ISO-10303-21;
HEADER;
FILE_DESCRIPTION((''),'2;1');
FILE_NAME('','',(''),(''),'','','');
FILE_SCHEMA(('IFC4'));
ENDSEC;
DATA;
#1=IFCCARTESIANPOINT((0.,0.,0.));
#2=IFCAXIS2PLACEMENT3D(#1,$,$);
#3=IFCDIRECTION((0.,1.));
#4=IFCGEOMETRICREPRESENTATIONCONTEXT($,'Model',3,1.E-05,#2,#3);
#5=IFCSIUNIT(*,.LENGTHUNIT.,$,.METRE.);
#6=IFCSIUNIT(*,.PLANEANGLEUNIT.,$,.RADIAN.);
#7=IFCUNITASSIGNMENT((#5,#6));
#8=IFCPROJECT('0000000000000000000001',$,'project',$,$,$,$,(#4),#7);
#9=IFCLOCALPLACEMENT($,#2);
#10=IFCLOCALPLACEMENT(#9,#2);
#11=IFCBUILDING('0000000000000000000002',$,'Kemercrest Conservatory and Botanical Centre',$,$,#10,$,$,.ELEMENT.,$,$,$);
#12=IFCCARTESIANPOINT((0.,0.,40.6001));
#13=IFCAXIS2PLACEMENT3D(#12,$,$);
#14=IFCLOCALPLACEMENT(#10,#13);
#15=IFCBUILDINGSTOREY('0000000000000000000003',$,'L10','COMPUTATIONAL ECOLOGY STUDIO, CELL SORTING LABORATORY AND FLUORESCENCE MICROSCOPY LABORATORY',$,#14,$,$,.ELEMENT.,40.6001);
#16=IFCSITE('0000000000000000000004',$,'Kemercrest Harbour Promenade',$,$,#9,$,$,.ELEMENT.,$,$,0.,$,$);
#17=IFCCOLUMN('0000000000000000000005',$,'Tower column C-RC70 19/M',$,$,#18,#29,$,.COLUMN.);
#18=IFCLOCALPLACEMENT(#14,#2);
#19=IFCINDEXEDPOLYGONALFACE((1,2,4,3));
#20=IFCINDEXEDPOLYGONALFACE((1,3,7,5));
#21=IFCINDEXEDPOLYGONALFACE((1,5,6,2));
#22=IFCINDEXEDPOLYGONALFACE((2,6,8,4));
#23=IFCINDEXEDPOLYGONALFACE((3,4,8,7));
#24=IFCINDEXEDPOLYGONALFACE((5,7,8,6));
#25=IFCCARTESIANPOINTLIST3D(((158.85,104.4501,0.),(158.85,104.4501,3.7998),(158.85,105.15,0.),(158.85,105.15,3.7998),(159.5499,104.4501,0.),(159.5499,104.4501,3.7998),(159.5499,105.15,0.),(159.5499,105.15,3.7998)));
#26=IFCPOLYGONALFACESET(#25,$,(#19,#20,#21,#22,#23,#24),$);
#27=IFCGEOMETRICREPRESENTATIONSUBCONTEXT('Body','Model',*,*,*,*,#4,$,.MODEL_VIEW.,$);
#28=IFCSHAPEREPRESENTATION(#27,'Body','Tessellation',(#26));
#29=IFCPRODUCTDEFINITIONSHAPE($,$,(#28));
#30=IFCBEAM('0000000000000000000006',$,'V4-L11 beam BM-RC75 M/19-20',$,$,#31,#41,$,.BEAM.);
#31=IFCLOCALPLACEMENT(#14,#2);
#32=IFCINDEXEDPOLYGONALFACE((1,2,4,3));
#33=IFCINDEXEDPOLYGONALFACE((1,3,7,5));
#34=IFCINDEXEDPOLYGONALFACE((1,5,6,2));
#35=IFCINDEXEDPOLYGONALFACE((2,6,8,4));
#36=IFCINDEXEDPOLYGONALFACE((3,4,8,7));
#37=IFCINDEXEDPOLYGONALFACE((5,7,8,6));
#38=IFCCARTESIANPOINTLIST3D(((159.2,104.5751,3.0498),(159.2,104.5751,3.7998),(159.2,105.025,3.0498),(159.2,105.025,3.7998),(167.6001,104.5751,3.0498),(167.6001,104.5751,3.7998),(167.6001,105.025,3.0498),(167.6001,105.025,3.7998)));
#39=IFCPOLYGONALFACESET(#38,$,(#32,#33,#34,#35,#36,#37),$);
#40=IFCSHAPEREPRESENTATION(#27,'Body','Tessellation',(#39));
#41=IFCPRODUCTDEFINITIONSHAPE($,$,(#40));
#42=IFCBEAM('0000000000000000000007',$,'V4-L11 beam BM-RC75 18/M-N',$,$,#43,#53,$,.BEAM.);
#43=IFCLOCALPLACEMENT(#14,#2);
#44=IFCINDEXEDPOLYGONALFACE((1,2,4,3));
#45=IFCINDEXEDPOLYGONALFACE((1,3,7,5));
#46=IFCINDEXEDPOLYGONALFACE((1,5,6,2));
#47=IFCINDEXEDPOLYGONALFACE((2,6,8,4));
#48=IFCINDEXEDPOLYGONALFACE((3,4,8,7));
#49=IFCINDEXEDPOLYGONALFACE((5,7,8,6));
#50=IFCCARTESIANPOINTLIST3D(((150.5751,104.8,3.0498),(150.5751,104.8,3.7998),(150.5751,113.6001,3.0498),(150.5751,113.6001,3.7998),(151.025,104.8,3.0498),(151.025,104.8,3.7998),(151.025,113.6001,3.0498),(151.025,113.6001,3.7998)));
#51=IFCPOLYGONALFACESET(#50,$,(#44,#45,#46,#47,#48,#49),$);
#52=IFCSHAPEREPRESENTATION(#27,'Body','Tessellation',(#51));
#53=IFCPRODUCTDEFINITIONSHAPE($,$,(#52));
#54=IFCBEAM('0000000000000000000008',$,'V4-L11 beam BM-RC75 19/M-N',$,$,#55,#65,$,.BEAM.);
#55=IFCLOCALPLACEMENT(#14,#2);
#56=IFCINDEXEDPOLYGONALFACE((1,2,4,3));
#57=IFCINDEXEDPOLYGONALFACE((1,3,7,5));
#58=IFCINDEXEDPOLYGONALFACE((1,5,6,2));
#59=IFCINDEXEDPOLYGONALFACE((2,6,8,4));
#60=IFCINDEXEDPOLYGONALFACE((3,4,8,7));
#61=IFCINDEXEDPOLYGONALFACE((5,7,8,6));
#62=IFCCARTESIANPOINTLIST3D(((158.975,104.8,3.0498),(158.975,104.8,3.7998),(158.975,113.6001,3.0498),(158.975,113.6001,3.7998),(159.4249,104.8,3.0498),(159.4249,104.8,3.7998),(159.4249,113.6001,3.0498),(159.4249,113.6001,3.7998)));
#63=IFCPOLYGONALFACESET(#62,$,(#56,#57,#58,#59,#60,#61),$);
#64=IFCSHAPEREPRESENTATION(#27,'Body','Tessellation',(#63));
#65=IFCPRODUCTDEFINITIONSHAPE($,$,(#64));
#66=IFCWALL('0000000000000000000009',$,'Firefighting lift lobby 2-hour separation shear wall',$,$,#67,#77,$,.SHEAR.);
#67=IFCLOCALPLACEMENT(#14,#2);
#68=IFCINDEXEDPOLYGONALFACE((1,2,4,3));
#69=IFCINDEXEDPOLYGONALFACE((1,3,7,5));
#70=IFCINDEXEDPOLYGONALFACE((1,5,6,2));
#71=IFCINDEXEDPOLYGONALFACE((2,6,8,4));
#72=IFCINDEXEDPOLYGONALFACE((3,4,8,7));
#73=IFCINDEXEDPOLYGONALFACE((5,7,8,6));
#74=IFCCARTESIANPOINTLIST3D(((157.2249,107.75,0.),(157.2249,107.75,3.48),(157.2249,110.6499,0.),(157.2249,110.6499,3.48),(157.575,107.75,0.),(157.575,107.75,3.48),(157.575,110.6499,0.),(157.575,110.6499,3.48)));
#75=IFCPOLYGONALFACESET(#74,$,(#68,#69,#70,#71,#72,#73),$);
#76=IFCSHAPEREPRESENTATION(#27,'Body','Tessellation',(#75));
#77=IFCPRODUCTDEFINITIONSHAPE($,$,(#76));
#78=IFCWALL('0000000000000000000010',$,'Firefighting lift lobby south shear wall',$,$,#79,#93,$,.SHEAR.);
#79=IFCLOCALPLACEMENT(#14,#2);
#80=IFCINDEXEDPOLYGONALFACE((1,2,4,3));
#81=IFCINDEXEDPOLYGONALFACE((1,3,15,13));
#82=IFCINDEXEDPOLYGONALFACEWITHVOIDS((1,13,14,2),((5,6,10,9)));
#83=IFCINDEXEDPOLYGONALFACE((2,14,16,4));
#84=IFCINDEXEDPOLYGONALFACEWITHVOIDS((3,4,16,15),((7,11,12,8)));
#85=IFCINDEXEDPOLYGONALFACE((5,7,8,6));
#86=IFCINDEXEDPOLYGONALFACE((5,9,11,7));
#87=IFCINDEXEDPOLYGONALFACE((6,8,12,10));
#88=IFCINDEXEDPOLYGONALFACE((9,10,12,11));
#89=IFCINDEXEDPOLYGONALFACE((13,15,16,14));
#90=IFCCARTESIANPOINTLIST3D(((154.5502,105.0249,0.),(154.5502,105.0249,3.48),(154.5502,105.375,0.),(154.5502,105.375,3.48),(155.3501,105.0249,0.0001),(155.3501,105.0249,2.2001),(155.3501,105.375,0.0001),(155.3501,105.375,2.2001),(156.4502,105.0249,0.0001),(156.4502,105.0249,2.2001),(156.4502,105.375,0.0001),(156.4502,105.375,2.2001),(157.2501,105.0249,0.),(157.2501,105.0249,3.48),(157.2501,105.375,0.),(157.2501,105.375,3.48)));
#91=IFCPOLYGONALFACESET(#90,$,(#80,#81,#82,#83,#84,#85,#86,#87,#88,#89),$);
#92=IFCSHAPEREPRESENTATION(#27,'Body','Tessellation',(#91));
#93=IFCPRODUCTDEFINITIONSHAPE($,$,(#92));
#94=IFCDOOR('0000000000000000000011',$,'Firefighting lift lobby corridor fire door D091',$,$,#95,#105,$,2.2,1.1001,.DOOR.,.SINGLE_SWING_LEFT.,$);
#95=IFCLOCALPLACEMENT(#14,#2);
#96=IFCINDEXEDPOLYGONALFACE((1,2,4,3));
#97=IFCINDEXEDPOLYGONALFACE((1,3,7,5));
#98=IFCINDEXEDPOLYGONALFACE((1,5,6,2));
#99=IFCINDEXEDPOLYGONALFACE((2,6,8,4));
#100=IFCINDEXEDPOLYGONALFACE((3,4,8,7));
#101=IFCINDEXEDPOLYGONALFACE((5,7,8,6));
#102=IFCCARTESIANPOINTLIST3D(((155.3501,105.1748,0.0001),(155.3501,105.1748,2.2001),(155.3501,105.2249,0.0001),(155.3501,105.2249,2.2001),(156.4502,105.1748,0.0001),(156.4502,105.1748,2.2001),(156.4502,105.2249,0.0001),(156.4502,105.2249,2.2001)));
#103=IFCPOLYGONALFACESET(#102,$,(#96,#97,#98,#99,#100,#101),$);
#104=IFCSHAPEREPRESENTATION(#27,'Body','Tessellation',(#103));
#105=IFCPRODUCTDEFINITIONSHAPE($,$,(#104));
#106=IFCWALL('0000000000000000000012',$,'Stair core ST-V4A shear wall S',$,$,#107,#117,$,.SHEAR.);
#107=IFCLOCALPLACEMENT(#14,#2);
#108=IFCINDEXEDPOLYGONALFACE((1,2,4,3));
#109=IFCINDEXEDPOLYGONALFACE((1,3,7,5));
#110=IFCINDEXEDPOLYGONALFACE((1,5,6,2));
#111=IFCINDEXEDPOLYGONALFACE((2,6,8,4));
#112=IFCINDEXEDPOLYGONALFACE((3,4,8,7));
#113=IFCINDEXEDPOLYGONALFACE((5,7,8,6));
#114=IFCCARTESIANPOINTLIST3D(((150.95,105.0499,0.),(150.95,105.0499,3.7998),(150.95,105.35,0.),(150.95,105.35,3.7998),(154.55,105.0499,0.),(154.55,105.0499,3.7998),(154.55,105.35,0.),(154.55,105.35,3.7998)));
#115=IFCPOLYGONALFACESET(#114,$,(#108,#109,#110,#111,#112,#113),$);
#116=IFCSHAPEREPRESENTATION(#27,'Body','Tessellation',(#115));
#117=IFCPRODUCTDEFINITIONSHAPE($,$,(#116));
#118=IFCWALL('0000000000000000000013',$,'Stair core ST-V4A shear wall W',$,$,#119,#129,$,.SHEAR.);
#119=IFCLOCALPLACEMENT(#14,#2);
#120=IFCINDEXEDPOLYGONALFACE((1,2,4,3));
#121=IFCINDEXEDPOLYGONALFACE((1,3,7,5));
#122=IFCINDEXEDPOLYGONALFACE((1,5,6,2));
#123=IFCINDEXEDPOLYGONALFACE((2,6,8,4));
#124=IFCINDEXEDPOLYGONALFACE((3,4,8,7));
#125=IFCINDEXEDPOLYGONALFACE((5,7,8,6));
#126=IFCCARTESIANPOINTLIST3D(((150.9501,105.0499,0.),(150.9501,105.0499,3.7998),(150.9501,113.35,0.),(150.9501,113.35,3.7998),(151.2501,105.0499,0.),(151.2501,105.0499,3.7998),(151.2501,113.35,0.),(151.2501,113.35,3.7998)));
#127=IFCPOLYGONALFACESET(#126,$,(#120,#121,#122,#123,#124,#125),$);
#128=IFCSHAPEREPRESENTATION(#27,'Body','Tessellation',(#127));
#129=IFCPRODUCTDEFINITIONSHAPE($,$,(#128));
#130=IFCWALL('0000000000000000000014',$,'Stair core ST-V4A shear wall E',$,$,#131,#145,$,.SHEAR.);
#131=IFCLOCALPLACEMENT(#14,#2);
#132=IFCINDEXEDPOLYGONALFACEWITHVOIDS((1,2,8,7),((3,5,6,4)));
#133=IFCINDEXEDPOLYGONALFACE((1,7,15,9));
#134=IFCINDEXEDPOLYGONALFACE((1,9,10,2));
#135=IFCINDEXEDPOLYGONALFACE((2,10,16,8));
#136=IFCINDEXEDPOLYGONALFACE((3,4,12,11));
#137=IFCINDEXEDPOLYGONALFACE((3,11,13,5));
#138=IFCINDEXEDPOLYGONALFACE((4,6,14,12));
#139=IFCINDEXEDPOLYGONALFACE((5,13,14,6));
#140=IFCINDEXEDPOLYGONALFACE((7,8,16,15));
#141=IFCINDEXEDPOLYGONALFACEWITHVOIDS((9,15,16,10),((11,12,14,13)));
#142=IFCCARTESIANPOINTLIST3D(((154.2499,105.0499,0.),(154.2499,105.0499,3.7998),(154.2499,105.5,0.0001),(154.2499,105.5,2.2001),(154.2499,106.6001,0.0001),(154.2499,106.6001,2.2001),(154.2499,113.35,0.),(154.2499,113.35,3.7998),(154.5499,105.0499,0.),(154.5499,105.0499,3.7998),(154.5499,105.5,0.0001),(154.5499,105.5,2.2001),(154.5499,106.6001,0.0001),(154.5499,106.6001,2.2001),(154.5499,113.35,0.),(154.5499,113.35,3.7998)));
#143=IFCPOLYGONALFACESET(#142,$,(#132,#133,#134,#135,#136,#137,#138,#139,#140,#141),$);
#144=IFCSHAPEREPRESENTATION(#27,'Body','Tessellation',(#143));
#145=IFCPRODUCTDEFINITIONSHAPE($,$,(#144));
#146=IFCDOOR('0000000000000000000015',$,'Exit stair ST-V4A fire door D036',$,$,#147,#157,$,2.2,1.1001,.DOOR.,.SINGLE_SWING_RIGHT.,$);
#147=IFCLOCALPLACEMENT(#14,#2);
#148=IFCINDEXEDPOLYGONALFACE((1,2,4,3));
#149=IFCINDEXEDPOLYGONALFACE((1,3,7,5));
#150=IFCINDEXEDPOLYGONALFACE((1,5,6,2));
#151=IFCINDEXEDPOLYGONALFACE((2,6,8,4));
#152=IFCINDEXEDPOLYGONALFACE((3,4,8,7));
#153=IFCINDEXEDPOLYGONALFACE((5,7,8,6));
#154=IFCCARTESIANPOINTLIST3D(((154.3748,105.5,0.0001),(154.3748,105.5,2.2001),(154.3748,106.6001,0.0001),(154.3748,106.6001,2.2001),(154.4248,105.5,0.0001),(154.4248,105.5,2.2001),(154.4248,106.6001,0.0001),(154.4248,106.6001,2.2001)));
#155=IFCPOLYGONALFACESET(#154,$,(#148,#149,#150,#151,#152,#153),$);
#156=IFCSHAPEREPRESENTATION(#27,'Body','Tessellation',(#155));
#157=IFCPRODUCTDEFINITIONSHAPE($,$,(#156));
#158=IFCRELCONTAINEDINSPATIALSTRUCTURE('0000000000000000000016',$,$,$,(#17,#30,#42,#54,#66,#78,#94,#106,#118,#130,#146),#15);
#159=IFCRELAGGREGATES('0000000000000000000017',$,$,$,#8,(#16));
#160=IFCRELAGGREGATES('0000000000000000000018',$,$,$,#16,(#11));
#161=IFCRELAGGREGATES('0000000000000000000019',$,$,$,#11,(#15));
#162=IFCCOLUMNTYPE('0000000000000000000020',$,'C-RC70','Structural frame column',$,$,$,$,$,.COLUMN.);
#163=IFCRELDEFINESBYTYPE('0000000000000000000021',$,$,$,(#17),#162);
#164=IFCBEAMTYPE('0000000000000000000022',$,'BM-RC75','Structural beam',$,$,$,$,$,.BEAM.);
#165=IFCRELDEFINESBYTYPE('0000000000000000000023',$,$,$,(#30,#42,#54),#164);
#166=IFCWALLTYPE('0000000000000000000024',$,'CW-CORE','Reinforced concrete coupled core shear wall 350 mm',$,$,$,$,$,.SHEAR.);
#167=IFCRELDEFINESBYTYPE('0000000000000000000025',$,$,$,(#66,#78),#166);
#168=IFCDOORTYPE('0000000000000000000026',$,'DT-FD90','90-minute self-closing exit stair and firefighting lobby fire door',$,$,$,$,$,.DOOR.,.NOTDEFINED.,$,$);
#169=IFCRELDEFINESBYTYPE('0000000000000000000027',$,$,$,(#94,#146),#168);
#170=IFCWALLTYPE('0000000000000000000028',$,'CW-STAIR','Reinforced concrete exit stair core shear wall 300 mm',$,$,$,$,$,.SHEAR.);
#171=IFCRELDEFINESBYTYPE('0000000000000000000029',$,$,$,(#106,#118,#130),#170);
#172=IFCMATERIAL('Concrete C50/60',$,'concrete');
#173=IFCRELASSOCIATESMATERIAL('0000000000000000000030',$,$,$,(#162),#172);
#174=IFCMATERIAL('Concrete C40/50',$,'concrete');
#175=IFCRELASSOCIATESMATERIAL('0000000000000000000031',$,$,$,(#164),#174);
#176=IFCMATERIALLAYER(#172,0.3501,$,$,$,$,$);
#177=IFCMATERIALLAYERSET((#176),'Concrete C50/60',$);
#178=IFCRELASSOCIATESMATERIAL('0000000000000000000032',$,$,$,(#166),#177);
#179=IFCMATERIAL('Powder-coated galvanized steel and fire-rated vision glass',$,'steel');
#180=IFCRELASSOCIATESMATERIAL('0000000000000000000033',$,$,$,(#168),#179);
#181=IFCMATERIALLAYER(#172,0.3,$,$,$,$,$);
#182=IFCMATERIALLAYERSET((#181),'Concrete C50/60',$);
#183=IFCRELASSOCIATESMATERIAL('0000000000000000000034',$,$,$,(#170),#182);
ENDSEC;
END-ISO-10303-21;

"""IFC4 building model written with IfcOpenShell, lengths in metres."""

from ifc_helpers import new_model, si_unit, direction, frame, frame_2d, origin, origin_2d, place, context, subcontext, project, spatial, rectangle, extrude, material, layer, layer_set, material_profile, profile_set, type_object, element, fill, save


model = new_model("IFC4")

# Units and contexts
model_context = context("Model", 3, precision=1e-05, world=origin(), true_north=direction((0.0, 1.0)))
body_context = subcontext(model_context, "Body", "Model", "MODEL_VIEW")
ifc_project = project(units=[si_unit("LENGTHUNIT", "METRE"), si_unit("PLANEANGLEUNIT", "RADIAN")], contexts=[model_context])

# Site, building, storey
site_placement = place(None, origin())
site = spatial("IfcSite", under=ifc_project, at=site_placement, Name="Kemercrest Harbour Promenade", CompositionType="ELEMENT", RefElevation=0.0)
building_placement = place(site_placement, origin())
building = spatial("IfcBuilding", under=site, at=building_placement, Name="Kemercrest Conservatory and Botanical Centre", CompositionType="ELEMENT")
storey_placement = place(building_placement, frame((0.0, 0.0, 40.6001)))
storey = spatial("IfcBuildingStorey", under=building, at=storey_placement, Name="L10", Description="COMPUTATIONAL ECOLOGY STUDIO, CELL SORTING LABORATORY AND FLUORESCENCE MICROSCOPY LABORATORY", CompositionType="ELEMENT", Elevation=40.6001)

# Column
ifc_material_1 = material(Name="Concrete C50/60", Category="concrete")
ifc_material_profile_1 = material_profile(ifc_material_1, rectangle(XDim=0.7, YDim=0.7, at=origin_2d()), Name="RC 700x700")
ifc_profile_set_1 = profile_set([ifc_material_profile_1], Name="Concrete C50/60")
column_type = type_object("IfcColumnType", Name="C-RC70", Description="Structural frame column", PredefinedType="COLUMN", material=ifc_profile_set_1)
column_placement = place(storey_placement, frame((159.2, 104.8, 0.0), z_axis=(0.0, 0.0, 1.0), x_axis=(1.0, 0.0, 0.0)))
element("IfcColumn", 1, at=column_placement, inside=storey, type_object=column_type, Name="Tower column C-RC70 19/M", PredefinedType="COLUMN", context=body_context, shape_type="SweptSolid", body=[
    extrude(rectangle(XDim=0.7, YDim=0.7, at=origin_2d()), origin(), (0.0, 0.0, 1.0), 3.7998),
])

# Beams
ifc_material_2 = material(Name="Concrete C40/50", Category="concrete")
ifc_material_profile_2 = material_profile(ifc_material_2, rectangle(XDim=0.45, YDim=0.75, at=origin_2d()), Name="RC 450x750")
ifc_profile_set_2 = profile_set([ifc_material_profile_2], Name="Concrete C40/50")
beam_type = type_object("IfcBeamType", Name="BM-RC75", Description="Structural beam", PredefinedType="BEAM", material=ifc_profile_set_2)
beam_placement = place(storey_placement, frame((159.2, 104.8, 3.4248), z_axis=(1.0, 0.0, 0.0), x_axis=(0.0, 1.0, 0.0)))
element("IfcBeam", 2, at=beam_placement, inside=storey, type_object=beam_type, Name="V4-L11 beam BM-RC75 M/19-20", PredefinedType="BEAM", context=body_context, shape_type="SweptSolid", body=[
    extrude(rectangle(XDim=0.45, YDim=0.75, at=origin_2d()), origin(), (0.0, 0.0, 1.0), 8.4001),
])
for number, where, z_axis, x_axis, name in (
    (3, (150.8, 104.8, 3.4248), (0.0, 1.0, 0.0), (-1.0, 0.0, 0.0), "V4-L11 beam BM-RC75 18/M-N"),
    (4, (159.2, 104.8, 3.4248), (0.0, 1.0, 0.0), (-1.0, 0.0, 0.0), "V4-L11 beam BM-RC75 19/M-N"),
):
    element("IfcBeam", number, at=place(storey_placement, frame(where, z_axis=z_axis, x_axis=x_axis)), inside=storey, type_object=beam_type, Name=name, PredefinedType="BEAM", context=body_context, shape_type="SweptSolid", body=[
        extrude(rectangle(XDim=0.45, YDim=0.75, at=origin_2d()), origin(), (0.0, 0.0, 1.0), 8.8),
    ])

# Wall
ifc_layer_1 = layer(ifc_material_1, 0.3501)
ifc_layer_set_1 = layer_set([ifc_layer_1], Name="Concrete C50/60")
wall_type_1 = type_object("IfcWallType", Name="CW-CORE", Description="Reinforced concrete coupled core shear wall 350 mm", PredefinedType="SHEAR", material=ifc_layer_set_1)
wall_1_placement = place(storey_placement, frame((157.3999, 107.75, 0.0), z_axis=(0.0, 0.0, 1.0), x_axis=(0.0, 1.0, 0.0)))
element("IfcWall", 5, at=wall_1_placement, inside=storey, type_object=wall_type_1, Name="Firefighting lift lobby 2-hour separation shear wall", PredefinedType="SHEAR", context=body_context, shape_type="SweptSolid", body=[
    extrude(rectangle(XDim=2.8999, YDim=0.3501, at=frame_2d((1.45, 0.0))), origin(), (0.0, 0.0, 1.0), 3.48),
])

# Wall, opening, door
wall_2_placement = place(storey_placement, frame((154.55, 105.2, 0.0), z_axis=(0.0, 0.0, 1.0), x_axis=(1.0, 0.0, 0.0)))
wall_2 = element("IfcWall", 6, at=wall_2_placement, inside=storey, type_object=wall_type_1, Name="Firefighting lift lobby south shear wall", PredefinedType="SHEAR", context=body_context, shape_type="SweptSolid", body=[
    extrude(rectangle(XDim=2.7, YDim=0.3501, at=frame_2d((1.3501, 0.0))), origin(), (0.0, 0.0, 1.0), 3.48),
])
opening_1_placement = place(wall_2_placement, frame((0.8, 0.0, 0.0)))
opening_1 = element("IfcOpeningElement", 7, at=opening_1_placement, cuts=wall_2, PredefinedType="OPENING", context=body_context, shape_type="SweptSolid", body=[
    extrude(rectangle(XDim=1.1001, YDim=2.2, at=frame_2d((0.55, 1.1001))), frame((0.0, 0.1851, 0.0), z_axis=(0.0, -1.0, 0.0), x_axis=(1.0, 0.0, 0.0)), (0.0, 0.0, 1.0), 0.3701),
])
ifc_material_3 = material(Name="Powder-coated galvanized steel and fire-rated vision glass", Category="steel")
door_type_1 = type_object("IfcDoorType", Name="DT-FD90", Description="90-minute self-closing exit stair and firefighting lobby fire door", OperationType="NOTDEFINED", PredefinedType="DOOR", material=ifc_material_3)
door_1_placement = place(opening_1_placement, origin())
door_1 = element("IfcDoor", 8, at=door_1_placement, inside=storey, type_object=door_type_1, Name="Firefighting lift lobby corridor fire door D091", OperationType="SINGLE_SWING_LEFT", OverallHeight=2.2, OverallWidth=1.1001, PredefinedType="DOOR", context=body_context, shape_type="SweptSolid", body=[
    extrude(rectangle(XDim=1.1001, YDim=2.2, at=frame_2d((0.55, 1.1001))), frame((0.0, 0.0249, 0.0), z_axis=(0.0, -1.0, 0.0), x_axis=(1.0, 0.0, 0.0)), (0.0, 0.0, 1.0), 0.05),
])
fill(opening_1, door_1)

# Walls
ifc_layer_2 = layer(ifc_material_1, 0.3)
ifc_layer_set_2 = layer_set([ifc_layer_2], Name="Concrete C50/60")
wall_type_2 = type_object("IfcWallType", Name="CW-STAIR", Description="Reinforced concrete exit stair core shear wall 300 mm", PredefinedType="SHEAR", material=ifc_layer_set_2)
wall_3_placement = place(storey_placement, frame((150.95, 105.2, 0.0), z_axis=(0.0, 0.0, 1.0), x_axis=(1.0, 0.0, 0.0)))
element("IfcWall", 9, at=wall_3_placement, inside=storey, type_object=wall_type_2, Name="Stair core ST-V4A shear wall S", PredefinedType="SHEAR", context=body_context, shape_type="SweptSolid", body=[
    extrude(rectangle(XDim=3.6001, YDim=0.3, at=frame_2d((1.8, 0.0))), origin(), (0.0, 0.0, 1.0), 3.7998),
])
wall_4_placement = place(storey_placement, frame((151.1001, 105.05, 0.0), z_axis=(0.0, 0.0, 1.0), x_axis=(0.0, 1.0, 0.0)))
element("IfcWall", 10, at=wall_4_placement, inside=storey, type_object=wall_type_2, Name="Stair core ST-V4A shear wall W", PredefinedType="SHEAR", context=body_context, shape_type="SweptSolid", body=[
    extrude(rectangle(XDim=8.3, YDim=0.3, at=frame_2d((4.1499, 0.0))), origin(), (0.0, 0.0, 1.0), 3.7998),
])

# Wall, opening, door
wall_5_placement = place(storey_placement, frame((154.3999, 105.05, 0.0), z_axis=(0.0, 0.0, 1.0), x_axis=(0.0, 1.0, 0.0)))
wall_5 = element("IfcWall", 11, at=wall_5_placement, inside=storey, type_object=wall_type_2, Name="Stair core ST-V4A shear wall E", PredefinedType="SHEAR", context=body_context, shape_type="SweptSolid", body=[
    extrude(rectangle(XDim=8.3, YDim=0.3, at=frame_2d((4.1499, 0.0))), origin(), (0.0, 0.0, 1.0), 3.7998),
])
opening_2_placement = place(wall_5_placement, frame((0.45, 0.0, 0.0)))
opening_2 = element("IfcOpeningElement", 12, at=opening_2_placement, cuts=wall_5, PredefinedType="OPENING", context=body_context, shape_type="SweptSolid", body=[
    extrude(rectangle(XDim=1.1001, YDim=2.2, at=frame_2d((0.55, 1.1001))), frame((0.0, 0.1602, 0.0), z_axis=(0.0, -1.0, 0.0), x_axis=(1.0, 0.0, 0.0)), (0.0, 0.0, 1.0), 0.3201),
])
door_2_placement = place(opening_2_placement, frame((1.1001, 0.0, 0.0), z_axis=(0.0, 0.0, 1.0), x_axis=(-1.0, 0.0, 0.0)))
door_2 = element("IfcDoor", 13, at=door_2_placement, inside=storey, type_object=door_type_1, Name="Exit stair ST-V4A fire door D036", OperationType="SINGLE_SWING_RIGHT", OverallHeight=2.2, OverallWidth=1.1001, PredefinedType="DOOR", context=body_context, shape_type="SweptSolid", body=[
    extrude(rectangle(XDim=1.1001, YDim=2.2, at=frame_2d((0.55, 1.1001))), frame((0.0, 0.0249, 0.0), z_axis=(0.0, -1.0, 0.0), x_axis=(1.0, 0.0, 0.0)), (0.0, 0.0, 1.0), 0.05),
])
fill(opening_2, door_2)

save(model, "model.ifc")
